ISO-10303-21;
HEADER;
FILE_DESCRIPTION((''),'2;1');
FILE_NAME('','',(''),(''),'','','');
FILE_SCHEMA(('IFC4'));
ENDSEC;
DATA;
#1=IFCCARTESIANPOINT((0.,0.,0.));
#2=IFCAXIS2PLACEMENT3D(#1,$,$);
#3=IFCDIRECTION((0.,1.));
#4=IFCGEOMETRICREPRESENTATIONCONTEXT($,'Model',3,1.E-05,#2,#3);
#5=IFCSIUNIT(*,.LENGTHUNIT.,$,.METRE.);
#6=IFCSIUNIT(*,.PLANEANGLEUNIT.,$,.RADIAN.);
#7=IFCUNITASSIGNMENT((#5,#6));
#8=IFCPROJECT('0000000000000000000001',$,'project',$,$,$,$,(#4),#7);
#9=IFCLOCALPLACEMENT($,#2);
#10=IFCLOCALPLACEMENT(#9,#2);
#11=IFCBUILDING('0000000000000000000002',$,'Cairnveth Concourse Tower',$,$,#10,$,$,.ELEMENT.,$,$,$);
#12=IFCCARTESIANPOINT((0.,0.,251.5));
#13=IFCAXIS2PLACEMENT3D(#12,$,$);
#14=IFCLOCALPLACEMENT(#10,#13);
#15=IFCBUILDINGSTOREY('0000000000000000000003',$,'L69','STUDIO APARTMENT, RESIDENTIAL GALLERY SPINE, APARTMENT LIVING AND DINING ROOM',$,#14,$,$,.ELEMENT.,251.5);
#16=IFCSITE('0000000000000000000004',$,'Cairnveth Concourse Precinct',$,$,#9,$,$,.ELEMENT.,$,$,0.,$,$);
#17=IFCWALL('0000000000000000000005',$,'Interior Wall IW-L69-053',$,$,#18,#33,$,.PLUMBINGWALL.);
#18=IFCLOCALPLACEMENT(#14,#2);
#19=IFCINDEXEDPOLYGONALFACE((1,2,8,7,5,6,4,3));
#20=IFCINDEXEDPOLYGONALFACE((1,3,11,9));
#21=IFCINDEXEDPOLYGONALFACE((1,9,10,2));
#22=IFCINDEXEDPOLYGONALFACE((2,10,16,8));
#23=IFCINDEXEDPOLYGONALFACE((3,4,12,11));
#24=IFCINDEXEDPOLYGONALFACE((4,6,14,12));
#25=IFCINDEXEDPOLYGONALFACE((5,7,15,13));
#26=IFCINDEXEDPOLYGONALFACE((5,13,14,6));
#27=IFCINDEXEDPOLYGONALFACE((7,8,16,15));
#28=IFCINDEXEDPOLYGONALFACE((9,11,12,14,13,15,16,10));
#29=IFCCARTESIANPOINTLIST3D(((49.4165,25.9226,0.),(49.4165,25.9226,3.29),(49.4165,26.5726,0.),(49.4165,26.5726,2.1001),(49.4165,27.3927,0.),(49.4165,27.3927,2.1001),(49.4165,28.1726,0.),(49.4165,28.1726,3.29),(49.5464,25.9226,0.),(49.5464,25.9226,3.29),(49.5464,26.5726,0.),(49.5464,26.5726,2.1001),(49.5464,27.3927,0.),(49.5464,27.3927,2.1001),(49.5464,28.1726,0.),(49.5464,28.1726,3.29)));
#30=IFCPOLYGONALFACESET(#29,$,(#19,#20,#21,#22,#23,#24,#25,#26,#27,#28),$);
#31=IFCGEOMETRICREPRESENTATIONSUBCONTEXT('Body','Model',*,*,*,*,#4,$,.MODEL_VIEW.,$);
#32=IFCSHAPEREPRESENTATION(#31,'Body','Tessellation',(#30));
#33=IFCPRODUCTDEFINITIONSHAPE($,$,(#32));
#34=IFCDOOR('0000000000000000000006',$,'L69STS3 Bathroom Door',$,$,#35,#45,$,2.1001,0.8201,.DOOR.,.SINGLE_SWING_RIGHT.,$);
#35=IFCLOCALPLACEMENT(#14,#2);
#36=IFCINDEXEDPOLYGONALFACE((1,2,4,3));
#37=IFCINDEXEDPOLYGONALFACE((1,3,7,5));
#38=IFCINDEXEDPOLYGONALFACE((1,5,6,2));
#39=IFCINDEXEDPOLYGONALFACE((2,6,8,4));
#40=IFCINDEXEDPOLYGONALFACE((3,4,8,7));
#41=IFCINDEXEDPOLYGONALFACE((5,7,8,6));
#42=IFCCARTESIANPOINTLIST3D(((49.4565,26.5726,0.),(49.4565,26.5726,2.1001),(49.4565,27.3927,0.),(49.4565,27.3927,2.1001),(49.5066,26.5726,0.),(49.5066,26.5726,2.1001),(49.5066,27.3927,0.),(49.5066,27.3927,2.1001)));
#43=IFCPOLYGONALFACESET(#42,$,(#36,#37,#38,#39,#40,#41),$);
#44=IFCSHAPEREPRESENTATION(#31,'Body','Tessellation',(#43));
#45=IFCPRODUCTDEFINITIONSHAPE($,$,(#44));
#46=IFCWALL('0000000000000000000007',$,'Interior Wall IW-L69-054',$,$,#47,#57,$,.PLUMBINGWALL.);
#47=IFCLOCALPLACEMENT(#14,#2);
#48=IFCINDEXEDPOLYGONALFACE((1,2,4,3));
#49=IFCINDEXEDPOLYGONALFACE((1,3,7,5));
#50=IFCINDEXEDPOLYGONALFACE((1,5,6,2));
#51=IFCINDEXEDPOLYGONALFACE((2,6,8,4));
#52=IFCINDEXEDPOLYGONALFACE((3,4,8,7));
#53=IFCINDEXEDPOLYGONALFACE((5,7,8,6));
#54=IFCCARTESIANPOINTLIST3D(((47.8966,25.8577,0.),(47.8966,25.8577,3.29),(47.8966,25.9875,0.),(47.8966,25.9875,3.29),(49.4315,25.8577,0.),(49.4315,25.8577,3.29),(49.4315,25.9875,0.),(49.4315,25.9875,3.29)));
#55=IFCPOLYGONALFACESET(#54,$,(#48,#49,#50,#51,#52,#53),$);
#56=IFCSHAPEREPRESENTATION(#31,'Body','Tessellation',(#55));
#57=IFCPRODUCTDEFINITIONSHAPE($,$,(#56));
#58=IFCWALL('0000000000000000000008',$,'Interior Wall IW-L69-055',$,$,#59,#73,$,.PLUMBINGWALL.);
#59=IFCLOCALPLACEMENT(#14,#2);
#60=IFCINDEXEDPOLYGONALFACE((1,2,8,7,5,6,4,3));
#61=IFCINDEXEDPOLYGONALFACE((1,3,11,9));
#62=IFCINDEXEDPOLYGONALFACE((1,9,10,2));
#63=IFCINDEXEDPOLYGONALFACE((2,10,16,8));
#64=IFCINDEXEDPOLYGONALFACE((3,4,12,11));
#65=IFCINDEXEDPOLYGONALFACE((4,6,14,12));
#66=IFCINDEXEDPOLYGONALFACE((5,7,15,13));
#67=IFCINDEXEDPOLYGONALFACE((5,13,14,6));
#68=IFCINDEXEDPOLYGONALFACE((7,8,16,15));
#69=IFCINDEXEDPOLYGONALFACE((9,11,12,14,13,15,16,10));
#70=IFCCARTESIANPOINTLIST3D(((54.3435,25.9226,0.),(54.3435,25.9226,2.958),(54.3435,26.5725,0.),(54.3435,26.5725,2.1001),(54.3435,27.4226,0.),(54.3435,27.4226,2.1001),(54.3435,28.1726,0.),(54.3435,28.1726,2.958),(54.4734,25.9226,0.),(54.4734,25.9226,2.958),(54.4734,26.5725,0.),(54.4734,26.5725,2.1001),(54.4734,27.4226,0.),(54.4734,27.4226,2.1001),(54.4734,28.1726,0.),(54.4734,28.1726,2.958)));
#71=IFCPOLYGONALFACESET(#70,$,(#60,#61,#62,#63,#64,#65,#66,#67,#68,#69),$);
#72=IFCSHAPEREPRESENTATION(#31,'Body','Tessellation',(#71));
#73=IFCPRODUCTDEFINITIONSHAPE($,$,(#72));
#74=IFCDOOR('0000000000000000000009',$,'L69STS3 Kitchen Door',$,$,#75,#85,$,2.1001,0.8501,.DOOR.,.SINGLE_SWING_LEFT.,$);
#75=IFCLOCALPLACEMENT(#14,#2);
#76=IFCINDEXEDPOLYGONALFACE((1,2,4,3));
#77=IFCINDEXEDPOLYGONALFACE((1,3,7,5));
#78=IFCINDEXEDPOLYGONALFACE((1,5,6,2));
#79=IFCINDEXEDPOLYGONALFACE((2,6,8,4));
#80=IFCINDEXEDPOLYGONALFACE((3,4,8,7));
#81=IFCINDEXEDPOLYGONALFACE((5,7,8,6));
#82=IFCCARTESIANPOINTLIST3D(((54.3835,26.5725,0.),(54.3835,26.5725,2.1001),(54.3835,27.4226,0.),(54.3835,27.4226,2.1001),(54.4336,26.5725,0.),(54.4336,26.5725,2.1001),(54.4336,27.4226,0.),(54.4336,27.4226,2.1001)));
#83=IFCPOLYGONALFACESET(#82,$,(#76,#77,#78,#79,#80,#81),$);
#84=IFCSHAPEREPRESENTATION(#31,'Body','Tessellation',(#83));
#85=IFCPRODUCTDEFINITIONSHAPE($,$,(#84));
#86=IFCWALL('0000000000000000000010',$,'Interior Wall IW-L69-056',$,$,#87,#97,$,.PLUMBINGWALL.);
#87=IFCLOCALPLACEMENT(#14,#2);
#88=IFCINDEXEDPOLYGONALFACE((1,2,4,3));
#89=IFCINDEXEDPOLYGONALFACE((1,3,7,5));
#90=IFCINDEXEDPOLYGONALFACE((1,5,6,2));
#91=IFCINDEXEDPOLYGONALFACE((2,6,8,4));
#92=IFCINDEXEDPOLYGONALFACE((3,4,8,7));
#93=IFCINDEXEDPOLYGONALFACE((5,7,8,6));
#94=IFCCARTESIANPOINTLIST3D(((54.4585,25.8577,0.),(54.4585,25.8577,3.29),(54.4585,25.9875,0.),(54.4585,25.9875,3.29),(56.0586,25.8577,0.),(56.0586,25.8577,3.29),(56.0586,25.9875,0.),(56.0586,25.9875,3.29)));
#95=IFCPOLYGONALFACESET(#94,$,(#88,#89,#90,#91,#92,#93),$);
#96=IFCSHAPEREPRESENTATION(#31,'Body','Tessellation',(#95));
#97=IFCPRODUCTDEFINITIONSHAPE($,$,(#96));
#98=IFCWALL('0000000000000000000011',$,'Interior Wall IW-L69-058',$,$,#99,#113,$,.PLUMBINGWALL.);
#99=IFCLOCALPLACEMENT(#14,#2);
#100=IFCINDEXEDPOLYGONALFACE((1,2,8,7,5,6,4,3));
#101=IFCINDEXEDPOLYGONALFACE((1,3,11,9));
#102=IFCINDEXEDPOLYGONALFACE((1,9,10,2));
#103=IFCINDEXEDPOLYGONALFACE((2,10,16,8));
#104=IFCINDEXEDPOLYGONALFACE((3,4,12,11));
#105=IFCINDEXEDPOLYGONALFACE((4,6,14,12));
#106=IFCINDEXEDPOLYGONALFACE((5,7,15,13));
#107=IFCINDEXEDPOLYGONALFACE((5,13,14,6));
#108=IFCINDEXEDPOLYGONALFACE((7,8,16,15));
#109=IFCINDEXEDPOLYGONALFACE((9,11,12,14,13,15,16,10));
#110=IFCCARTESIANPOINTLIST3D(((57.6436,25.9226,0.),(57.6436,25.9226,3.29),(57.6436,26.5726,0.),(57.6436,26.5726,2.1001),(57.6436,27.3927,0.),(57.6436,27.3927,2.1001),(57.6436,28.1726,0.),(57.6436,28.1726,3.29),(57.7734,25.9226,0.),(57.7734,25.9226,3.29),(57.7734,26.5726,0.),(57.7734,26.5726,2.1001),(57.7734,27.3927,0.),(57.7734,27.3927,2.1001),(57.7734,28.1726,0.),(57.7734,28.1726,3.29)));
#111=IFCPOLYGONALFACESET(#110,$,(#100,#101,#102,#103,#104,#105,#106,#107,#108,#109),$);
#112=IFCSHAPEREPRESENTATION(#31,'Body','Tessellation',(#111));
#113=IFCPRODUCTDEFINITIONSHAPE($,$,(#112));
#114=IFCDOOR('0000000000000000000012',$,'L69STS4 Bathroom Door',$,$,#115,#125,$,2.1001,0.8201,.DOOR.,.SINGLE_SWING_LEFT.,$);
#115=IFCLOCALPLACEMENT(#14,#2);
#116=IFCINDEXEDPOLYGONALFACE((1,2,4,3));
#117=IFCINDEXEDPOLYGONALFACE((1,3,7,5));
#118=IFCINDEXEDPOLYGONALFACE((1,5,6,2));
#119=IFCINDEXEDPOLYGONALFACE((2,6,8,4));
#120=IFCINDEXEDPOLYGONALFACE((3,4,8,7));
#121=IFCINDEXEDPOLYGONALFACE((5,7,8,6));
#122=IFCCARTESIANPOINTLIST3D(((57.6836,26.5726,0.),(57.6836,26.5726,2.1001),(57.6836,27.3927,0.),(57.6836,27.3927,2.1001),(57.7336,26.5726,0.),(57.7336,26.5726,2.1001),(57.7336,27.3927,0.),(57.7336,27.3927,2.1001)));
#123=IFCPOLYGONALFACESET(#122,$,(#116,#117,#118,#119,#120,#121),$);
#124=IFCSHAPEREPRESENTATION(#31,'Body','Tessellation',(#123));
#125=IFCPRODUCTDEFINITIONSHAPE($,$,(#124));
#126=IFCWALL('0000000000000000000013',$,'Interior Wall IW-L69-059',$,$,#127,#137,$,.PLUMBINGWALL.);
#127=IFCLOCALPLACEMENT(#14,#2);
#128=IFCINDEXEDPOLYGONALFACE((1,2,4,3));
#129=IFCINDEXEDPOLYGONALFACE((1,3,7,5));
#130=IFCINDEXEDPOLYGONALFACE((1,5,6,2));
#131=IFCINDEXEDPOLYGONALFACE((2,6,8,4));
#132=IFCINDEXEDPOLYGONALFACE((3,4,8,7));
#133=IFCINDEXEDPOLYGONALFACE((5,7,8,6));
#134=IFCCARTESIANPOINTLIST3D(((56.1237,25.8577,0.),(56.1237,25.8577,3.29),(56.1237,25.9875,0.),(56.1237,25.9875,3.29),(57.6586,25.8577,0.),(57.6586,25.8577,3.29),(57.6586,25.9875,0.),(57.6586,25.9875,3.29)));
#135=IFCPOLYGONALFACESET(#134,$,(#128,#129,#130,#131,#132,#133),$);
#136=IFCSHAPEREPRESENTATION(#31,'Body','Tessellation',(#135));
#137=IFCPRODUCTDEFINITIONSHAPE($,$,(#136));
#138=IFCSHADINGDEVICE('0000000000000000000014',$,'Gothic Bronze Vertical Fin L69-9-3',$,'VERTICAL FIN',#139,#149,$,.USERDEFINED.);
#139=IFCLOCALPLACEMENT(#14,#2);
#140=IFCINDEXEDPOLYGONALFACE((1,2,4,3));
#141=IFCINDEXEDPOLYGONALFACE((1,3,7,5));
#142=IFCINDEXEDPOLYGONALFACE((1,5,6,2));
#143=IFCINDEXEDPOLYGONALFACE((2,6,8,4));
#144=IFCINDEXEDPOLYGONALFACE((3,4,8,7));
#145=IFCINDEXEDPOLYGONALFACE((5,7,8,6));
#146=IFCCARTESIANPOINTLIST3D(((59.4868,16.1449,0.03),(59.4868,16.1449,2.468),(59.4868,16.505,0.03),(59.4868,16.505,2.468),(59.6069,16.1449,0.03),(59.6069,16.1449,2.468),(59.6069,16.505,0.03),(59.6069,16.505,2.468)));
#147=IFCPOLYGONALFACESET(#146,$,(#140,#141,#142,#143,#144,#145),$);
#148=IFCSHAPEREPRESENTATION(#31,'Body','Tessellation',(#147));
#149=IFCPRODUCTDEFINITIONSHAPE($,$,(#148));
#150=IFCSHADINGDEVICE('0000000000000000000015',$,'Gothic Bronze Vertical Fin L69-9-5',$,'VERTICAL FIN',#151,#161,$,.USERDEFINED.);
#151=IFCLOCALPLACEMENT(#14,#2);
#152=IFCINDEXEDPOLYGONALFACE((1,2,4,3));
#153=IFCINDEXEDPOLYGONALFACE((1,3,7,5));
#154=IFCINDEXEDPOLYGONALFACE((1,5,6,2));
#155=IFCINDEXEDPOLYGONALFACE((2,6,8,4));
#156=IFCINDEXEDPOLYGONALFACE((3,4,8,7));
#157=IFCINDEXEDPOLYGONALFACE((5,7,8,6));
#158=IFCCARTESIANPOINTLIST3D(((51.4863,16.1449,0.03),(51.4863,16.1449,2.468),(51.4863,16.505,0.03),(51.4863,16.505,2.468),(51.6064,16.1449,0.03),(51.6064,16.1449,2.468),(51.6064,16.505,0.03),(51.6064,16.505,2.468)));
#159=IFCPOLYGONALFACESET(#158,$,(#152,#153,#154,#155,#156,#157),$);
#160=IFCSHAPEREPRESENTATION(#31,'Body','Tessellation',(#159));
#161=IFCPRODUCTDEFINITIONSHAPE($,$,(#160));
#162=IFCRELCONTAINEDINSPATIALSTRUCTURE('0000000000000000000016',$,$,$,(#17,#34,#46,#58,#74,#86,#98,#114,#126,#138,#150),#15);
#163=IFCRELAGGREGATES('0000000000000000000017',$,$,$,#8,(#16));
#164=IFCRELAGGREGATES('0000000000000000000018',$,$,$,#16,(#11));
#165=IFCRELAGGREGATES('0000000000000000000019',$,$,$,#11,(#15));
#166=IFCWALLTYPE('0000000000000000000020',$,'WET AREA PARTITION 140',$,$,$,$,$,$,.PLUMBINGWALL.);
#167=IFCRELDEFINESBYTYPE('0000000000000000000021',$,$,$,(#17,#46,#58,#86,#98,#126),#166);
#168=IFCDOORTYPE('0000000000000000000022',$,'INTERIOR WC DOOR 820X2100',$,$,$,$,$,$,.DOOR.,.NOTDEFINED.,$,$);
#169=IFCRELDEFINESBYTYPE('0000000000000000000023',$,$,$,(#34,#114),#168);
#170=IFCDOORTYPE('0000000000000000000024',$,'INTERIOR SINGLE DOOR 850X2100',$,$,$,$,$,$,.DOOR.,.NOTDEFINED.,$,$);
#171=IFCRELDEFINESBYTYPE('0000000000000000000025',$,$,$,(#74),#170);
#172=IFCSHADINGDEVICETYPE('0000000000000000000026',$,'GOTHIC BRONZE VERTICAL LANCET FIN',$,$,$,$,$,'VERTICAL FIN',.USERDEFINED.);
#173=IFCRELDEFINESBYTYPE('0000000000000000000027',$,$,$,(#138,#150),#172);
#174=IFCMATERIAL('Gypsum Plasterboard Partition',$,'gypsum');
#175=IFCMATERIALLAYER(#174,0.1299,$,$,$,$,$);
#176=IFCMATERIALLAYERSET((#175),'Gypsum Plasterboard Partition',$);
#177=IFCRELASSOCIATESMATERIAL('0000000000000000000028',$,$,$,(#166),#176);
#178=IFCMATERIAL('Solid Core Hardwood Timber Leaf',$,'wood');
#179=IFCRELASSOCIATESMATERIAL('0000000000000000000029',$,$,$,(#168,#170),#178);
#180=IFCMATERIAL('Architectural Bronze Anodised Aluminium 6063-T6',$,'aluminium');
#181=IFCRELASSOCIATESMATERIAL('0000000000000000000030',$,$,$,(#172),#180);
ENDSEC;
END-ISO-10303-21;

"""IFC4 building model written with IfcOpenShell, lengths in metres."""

from ifc_helpers import new_model, si_unit, direction, frame, frame_2d, origin, origin_2d, place, context, subcontext, project, spatial, rectangle, extrude, material, layer, layer_set, type_object, element, fill, save


model = new_model("IFC4")

# Units and contexts
model_context = context("Model", 3, precision=1e-05, world=origin(), true_north=direction((0.0, 1.0)))
body_context = subcontext(model_context, "Body", "Model", "MODEL_VIEW")
ifc_project = project(units=[si_unit("LENGTHUNIT", "METRE"), si_unit("PLANEANGLEUNIT", "RADIAN")], contexts=[model_context])

# Site, building, storey
site_placement = place(None, origin())
site = spatial("IfcSite", under=ifc_project, at=site_placement, Name="Cairnveth Concourse Precinct", CompositionType="ELEMENT", RefElevation=0.0)
building_placement = place(site_placement, origin())
building = spatial("IfcBuilding", under=site, at=building_placement, Name="Cairnveth Concourse Tower", CompositionType="ELEMENT")
storey_placement = place(building_placement, frame((0.0, 0.0, 251.5)))
storey = spatial("IfcBuildingStorey", under=building, at=storey_placement, Name="L69", Description="STUDIO APARTMENT, RESIDENTIAL GALLERY SPINE, APARTMENT LIVING AND DINING ROOM", CompositionType="ELEMENT", Elevation=251.5)

# Shared definitions
ifc_material_1 = material(Name="Gypsum Plasterboard Partition", Category="gypsum")
ifc_material_2 = material(Name="Solid Core Hardwood Timber Leaf", Category="wood")

# Wall, opening, door
ifc_layer_1 = layer(ifc_material_1, 0.1299)
ifc_layer_set_1 = layer_set([ifc_layer_1], Name="Gypsum Plasterboard Partition")
wall_type_1 = type_object("IfcWallType", Name="WET AREA PARTITION 140", PredefinedType="PLUMBINGWALL", material=ifc_layer_set_1)
wall_1_placement = place(storey_placement, frame((49.4814, 25.9226, 0.0), z_axis=(0.0, 0.0, 1.0), x_axis=(0.0, 1.0, 0.0)))
wall_1 = element("IfcWall", 1, at=wall_1_placement, inside=storey, type_object=wall_type_1, Name="Interior Wall IW-L69-053", PredefinedType="PLUMBINGWALL", context=body_context, shape_type="SweptSolid", body=[
    extrude(rectangle(XDim=2.25, YDim=0.1299, at=frame_2d((1.125, 0.0))), origin(), (0.0, 0.0, 1.0), 3.29),
])
opening_1_placement = place(wall_1_placement, frame((0.6499, 0.0, 0.0)))
opening_1 = element("IfcOpeningElement", 2, at=opening_1_placement, cuts=wall_1, PredefinedType="OPENING", context=body_context, shape_type="SweptSolid", body=[
    extrude(rectangle(XDim=0.8201, YDim=2.1001, at=frame_2d((0.4102, 1.05))), frame((0.0, 0.075, 0.0), z_axis=(0.0, -1.0, 0.0), x_axis=(1.0, 0.0, 0.0)), (0.0, 0.0, 1.0), 0.1499),
])
door_type_1 = type_object("IfcDoorType", Name="INTERIOR WC DOOR 820X2100", OperationType="NOTDEFINED", PredefinedType="DOOR", material=ifc_material_2)
door_1_placement = place(opening_1_placement, origin())
door_1 = element("IfcDoor", 3, at=door_1_placement, inside=storey, type_object=door_type_1, Name="L69STS3 Bathroom Door", OperationType="SINGLE_SWING_RIGHT", OverallHeight=2.1001, OverallWidth=0.8201, PredefinedType="DOOR", context=body_context, shape_type="SweptSolid", body=[
    extrude(rectangle(XDim=0.8201, YDim=2.1001, at=frame_2d((0.4102, 1.05))), frame((0.0, 0.0249, 0.0), z_axis=(0.0, -1.0, 0.0), x_axis=(1.0, 0.0, 0.0)), (0.0, 0.0, 1.0), 0.05),
])
fill(opening_1, door_1)

# Wall
wall_2_placement = place(storey_placement, frame((47.8965, 25.9226, 0.0), z_axis=(0.0, 0.0, 1.0), x_axis=(1.0, 0.0, 0.0)))
element("IfcWall", 4, at=wall_2_placement, inside=storey, type_object=wall_type_1, Name="Interior Wall IW-L69-054", PredefinedType="PLUMBINGWALL", context=body_context, shape_type="SweptSolid", body=[
    extrude(rectangle(XDim=1.5349, YDim=0.1299, at=frame_2d((0.7676, 0.0))), origin(), (0.0, 0.0, 1.0), 3.29),
])

# Wall, opening, door
wall_3_placement = place(storey_placement, frame((54.4084, 25.9226, 0.0), z_axis=(0.0, 0.0, 1.0), x_axis=(0.0, 1.0, 0.0)))
wall_3 = element("IfcWall", 5, at=wall_3_placement, inside=storey, type_object=wall_type_1, Name="Interior Wall IW-L69-055", PredefinedType="PLUMBINGWALL", context=body_context, shape_type="SweptSolid", body=[
    extrude(rectangle(XDim=2.25, YDim=0.1299, at=frame_2d((1.125, 0.0))), origin(), (0.0, 0.0, 1.0), 2.958),
])
opening_2_placement = place(wall_3_placement, frame((0.6499, 0.0, 0.0)))
opening_2 = element("IfcOpeningElement", 6, at=opening_2_placement, cuts=wall_3, PredefinedType="OPENING", context=body_context, shape_type="SweptSolid", body=[
    extrude(rectangle(XDim=0.8501, YDim=2.1001, at=frame_2d((0.425, 1.05))), frame((0.0, 0.075, 0.0), z_axis=(0.0, -1.0, 0.0), x_axis=(1.0, 0.0, 0.0)), (0.0, 0.0, 1.0), 0.1499),
])
door_type_2 = type_object("IfcDoorType", Name="INTERIOR SINGLE DOOR 850X2100", OperationType="NOTDEFINED", PredefinedType="DOOR", material=ifc_material_2)
door_2_placement = place(opening_2_placement, origin())
door_2 = element("IfcDoor", 7, at=door_2_placement, inside=storey, type_object=door_type_2, Name="L69STS3 Kitchen Door", OperationType="SINGLE_SWING_LEFT", OverallHeight=2.1001, OverallWidth=0.8501, PredefinedType="DOOR", context=body_context, shape_type="SweptSolid", body=[
    extrude(rectangle(XDim=0.8501, YDim=2.1001, at=frame_2d((0.425, 1.05))), frame((0.0, 0.0249, 0.0), z_axis=(0.0, -1.0, 0.0), x_axis=(1.0, 0.0, 0.0)), (0.0, 0.0, 1.0), 0.05),
])
fill(opening_2, door_2)

# Wall
wall_4_placement = place(storey_placement, frame((54.4585, 25.9226, 0.0), z_axis=(0.0, 0.0, 1.0), x_axis=(1.0, 0.0, 0.0)))
element("IfcWall", 8, at=wall_4_placement, inside=storey, type_object=wall_type_1, Name="Interior Wall IW-L69-056", PredefinedType="PLUMBINGWALL", context=body_context, shape_type="SweptSolid", body=[
    extrude(rectangle(XDim=1.6001, YDim=0.1299, at=frame_2d((0.8, 0.0))), origin(), (0.0, 0.0, 1.0), 3.29),
])

# Wall, opening, door
wall_5_placement = place(storey_placement, frame((57.7085, 25.9226, 0.0), z_axis=(0.0, 0.0, 1.0), x_axis=(0.0, 1.0, 0.0)))
wall_5 = element("IfcWall", 9, at=wall_5_placement, inside=storey, type_object=wall_type_1, Name="Interior Wall IW-L69-058", PredefinedType="PLUMBINGWALL", context=body_context, shape_type="SweptSolid", body=[
    extrude(rectangle(XDim=2.25, YDim=0.1299, at=frame_2d((1.125, 0.0))), origin(), (0.0, 0.0, 1.0), 3.29),
])
opening_3_placement = place(wall_5_placement, frame((0.6499, 0.0, 0.0)))
opening_3 = element("IfcOpeningElement", 10, at=opening_3_placement, cuts=wall_5, PredefinedType="OPENING", context=body_context, shape_type="SweptSolid", body=[
    extrude(rectangle(XDim=0.8201, YDim=2.1001, at=frame_2d((0.4102, 1.05))), frame((0.0, 0.075, 0.0), z_axis=(0.0, -1.0, 0.0), x_axis=(1.0, 0.0, 0.0)), (0.0, 0.0, 1.0), 0.1499),
])
door_3_placement = place(opening_3_placement, origin())
door_3 = element("IfcDoor", 11, at=door_3_placement, inside=storey, type_object=door_type_1, Name="L69STS4 Bathroom Door", OperationType="SINGLE_SWING_LEFT", OverallHeight=2.1001, OverallWidth=0.8201, PredefinedType="DOOR", context=body_context, shape_type="SweptSolid", body=[
    extrude(rectangle(XDim=0.8201, YDim=2.1001, at=frame_2d((0.4102, 1.05))), frame((0.0, 0.0249, 0.0), z_axis=(0.0, -1.0, 0.0), x_axis=(1.0, 0.0, 0.0)), (0.0, 0.0, 1.0), 0.05),
])
fill(opening_3, door_3)

# Wall
wall_6_placement = place(storey_placement, frame((56.1235, 25.9226, 0.0), z_axis=(0.0, 0.0, 1.0), x_axis=(1.0, 0.0, 0.0)))
element("IfcWall", 12, at=wall_6_placement, inside=storey, type_object=wall_type_1, Name="Interior Wall IW-L69-059", PredefinedType="PLUMBINGWALL", context=body_context, shape_type="SweptSolid", body=[
    extrude(rectangle(XDim=1.5349, YDim=0.1299, at=frame_2d((0.7676, 0.0))), origin(), (0.0, 0.0, 1.0), 3.29),
])

# Shading devices
ifc_material_3 = material(Name="Architectural Bronze Anodised Aluminium 6063-T6", Category="aluminium")
shading_device_type = type_object("IfcShadingDeviceType", Name="GOTHIC BRONZE VERTICAL LANCET FIN", ElementType="VERTICAL FIN", PredefinedType="USERDEFINED", material=ifc_material_3)
for number, where, z_axis, x_axis, name in (
    (13, (59.5469, 16.325, 0.03), (0.0, 0.0, 1.0), (1.0, 0.0, 0.0), "Gothic Bronze Vertical Fin L69-9-3"),
    (14, (51.5464, 16.325, 0.03), (0.0, 0.0, 1.0), (1.0, 0.0, 0.0), "Gothic Bronze Vertical Fin L69-9-5"),
):
    element("IfcShadingDevice", number, at=place(storey_placement, frame(where, z_axis=z_axis, x_axis=x_axis)), inside=storey, type_object=shading_device_type, Name=name, ObjectType="VERTICAL FIN", PredefinedType="USERDEFINED", context=body_context, shape_type="SweptSolid", body=[
        extrude(rectangle(XDim=0.1201, YDim=0.3601, at=origin_2d()), origin(), (0.0, 0.0, 1.0), 2.438),
    ])

save(model, "model.ifc")
